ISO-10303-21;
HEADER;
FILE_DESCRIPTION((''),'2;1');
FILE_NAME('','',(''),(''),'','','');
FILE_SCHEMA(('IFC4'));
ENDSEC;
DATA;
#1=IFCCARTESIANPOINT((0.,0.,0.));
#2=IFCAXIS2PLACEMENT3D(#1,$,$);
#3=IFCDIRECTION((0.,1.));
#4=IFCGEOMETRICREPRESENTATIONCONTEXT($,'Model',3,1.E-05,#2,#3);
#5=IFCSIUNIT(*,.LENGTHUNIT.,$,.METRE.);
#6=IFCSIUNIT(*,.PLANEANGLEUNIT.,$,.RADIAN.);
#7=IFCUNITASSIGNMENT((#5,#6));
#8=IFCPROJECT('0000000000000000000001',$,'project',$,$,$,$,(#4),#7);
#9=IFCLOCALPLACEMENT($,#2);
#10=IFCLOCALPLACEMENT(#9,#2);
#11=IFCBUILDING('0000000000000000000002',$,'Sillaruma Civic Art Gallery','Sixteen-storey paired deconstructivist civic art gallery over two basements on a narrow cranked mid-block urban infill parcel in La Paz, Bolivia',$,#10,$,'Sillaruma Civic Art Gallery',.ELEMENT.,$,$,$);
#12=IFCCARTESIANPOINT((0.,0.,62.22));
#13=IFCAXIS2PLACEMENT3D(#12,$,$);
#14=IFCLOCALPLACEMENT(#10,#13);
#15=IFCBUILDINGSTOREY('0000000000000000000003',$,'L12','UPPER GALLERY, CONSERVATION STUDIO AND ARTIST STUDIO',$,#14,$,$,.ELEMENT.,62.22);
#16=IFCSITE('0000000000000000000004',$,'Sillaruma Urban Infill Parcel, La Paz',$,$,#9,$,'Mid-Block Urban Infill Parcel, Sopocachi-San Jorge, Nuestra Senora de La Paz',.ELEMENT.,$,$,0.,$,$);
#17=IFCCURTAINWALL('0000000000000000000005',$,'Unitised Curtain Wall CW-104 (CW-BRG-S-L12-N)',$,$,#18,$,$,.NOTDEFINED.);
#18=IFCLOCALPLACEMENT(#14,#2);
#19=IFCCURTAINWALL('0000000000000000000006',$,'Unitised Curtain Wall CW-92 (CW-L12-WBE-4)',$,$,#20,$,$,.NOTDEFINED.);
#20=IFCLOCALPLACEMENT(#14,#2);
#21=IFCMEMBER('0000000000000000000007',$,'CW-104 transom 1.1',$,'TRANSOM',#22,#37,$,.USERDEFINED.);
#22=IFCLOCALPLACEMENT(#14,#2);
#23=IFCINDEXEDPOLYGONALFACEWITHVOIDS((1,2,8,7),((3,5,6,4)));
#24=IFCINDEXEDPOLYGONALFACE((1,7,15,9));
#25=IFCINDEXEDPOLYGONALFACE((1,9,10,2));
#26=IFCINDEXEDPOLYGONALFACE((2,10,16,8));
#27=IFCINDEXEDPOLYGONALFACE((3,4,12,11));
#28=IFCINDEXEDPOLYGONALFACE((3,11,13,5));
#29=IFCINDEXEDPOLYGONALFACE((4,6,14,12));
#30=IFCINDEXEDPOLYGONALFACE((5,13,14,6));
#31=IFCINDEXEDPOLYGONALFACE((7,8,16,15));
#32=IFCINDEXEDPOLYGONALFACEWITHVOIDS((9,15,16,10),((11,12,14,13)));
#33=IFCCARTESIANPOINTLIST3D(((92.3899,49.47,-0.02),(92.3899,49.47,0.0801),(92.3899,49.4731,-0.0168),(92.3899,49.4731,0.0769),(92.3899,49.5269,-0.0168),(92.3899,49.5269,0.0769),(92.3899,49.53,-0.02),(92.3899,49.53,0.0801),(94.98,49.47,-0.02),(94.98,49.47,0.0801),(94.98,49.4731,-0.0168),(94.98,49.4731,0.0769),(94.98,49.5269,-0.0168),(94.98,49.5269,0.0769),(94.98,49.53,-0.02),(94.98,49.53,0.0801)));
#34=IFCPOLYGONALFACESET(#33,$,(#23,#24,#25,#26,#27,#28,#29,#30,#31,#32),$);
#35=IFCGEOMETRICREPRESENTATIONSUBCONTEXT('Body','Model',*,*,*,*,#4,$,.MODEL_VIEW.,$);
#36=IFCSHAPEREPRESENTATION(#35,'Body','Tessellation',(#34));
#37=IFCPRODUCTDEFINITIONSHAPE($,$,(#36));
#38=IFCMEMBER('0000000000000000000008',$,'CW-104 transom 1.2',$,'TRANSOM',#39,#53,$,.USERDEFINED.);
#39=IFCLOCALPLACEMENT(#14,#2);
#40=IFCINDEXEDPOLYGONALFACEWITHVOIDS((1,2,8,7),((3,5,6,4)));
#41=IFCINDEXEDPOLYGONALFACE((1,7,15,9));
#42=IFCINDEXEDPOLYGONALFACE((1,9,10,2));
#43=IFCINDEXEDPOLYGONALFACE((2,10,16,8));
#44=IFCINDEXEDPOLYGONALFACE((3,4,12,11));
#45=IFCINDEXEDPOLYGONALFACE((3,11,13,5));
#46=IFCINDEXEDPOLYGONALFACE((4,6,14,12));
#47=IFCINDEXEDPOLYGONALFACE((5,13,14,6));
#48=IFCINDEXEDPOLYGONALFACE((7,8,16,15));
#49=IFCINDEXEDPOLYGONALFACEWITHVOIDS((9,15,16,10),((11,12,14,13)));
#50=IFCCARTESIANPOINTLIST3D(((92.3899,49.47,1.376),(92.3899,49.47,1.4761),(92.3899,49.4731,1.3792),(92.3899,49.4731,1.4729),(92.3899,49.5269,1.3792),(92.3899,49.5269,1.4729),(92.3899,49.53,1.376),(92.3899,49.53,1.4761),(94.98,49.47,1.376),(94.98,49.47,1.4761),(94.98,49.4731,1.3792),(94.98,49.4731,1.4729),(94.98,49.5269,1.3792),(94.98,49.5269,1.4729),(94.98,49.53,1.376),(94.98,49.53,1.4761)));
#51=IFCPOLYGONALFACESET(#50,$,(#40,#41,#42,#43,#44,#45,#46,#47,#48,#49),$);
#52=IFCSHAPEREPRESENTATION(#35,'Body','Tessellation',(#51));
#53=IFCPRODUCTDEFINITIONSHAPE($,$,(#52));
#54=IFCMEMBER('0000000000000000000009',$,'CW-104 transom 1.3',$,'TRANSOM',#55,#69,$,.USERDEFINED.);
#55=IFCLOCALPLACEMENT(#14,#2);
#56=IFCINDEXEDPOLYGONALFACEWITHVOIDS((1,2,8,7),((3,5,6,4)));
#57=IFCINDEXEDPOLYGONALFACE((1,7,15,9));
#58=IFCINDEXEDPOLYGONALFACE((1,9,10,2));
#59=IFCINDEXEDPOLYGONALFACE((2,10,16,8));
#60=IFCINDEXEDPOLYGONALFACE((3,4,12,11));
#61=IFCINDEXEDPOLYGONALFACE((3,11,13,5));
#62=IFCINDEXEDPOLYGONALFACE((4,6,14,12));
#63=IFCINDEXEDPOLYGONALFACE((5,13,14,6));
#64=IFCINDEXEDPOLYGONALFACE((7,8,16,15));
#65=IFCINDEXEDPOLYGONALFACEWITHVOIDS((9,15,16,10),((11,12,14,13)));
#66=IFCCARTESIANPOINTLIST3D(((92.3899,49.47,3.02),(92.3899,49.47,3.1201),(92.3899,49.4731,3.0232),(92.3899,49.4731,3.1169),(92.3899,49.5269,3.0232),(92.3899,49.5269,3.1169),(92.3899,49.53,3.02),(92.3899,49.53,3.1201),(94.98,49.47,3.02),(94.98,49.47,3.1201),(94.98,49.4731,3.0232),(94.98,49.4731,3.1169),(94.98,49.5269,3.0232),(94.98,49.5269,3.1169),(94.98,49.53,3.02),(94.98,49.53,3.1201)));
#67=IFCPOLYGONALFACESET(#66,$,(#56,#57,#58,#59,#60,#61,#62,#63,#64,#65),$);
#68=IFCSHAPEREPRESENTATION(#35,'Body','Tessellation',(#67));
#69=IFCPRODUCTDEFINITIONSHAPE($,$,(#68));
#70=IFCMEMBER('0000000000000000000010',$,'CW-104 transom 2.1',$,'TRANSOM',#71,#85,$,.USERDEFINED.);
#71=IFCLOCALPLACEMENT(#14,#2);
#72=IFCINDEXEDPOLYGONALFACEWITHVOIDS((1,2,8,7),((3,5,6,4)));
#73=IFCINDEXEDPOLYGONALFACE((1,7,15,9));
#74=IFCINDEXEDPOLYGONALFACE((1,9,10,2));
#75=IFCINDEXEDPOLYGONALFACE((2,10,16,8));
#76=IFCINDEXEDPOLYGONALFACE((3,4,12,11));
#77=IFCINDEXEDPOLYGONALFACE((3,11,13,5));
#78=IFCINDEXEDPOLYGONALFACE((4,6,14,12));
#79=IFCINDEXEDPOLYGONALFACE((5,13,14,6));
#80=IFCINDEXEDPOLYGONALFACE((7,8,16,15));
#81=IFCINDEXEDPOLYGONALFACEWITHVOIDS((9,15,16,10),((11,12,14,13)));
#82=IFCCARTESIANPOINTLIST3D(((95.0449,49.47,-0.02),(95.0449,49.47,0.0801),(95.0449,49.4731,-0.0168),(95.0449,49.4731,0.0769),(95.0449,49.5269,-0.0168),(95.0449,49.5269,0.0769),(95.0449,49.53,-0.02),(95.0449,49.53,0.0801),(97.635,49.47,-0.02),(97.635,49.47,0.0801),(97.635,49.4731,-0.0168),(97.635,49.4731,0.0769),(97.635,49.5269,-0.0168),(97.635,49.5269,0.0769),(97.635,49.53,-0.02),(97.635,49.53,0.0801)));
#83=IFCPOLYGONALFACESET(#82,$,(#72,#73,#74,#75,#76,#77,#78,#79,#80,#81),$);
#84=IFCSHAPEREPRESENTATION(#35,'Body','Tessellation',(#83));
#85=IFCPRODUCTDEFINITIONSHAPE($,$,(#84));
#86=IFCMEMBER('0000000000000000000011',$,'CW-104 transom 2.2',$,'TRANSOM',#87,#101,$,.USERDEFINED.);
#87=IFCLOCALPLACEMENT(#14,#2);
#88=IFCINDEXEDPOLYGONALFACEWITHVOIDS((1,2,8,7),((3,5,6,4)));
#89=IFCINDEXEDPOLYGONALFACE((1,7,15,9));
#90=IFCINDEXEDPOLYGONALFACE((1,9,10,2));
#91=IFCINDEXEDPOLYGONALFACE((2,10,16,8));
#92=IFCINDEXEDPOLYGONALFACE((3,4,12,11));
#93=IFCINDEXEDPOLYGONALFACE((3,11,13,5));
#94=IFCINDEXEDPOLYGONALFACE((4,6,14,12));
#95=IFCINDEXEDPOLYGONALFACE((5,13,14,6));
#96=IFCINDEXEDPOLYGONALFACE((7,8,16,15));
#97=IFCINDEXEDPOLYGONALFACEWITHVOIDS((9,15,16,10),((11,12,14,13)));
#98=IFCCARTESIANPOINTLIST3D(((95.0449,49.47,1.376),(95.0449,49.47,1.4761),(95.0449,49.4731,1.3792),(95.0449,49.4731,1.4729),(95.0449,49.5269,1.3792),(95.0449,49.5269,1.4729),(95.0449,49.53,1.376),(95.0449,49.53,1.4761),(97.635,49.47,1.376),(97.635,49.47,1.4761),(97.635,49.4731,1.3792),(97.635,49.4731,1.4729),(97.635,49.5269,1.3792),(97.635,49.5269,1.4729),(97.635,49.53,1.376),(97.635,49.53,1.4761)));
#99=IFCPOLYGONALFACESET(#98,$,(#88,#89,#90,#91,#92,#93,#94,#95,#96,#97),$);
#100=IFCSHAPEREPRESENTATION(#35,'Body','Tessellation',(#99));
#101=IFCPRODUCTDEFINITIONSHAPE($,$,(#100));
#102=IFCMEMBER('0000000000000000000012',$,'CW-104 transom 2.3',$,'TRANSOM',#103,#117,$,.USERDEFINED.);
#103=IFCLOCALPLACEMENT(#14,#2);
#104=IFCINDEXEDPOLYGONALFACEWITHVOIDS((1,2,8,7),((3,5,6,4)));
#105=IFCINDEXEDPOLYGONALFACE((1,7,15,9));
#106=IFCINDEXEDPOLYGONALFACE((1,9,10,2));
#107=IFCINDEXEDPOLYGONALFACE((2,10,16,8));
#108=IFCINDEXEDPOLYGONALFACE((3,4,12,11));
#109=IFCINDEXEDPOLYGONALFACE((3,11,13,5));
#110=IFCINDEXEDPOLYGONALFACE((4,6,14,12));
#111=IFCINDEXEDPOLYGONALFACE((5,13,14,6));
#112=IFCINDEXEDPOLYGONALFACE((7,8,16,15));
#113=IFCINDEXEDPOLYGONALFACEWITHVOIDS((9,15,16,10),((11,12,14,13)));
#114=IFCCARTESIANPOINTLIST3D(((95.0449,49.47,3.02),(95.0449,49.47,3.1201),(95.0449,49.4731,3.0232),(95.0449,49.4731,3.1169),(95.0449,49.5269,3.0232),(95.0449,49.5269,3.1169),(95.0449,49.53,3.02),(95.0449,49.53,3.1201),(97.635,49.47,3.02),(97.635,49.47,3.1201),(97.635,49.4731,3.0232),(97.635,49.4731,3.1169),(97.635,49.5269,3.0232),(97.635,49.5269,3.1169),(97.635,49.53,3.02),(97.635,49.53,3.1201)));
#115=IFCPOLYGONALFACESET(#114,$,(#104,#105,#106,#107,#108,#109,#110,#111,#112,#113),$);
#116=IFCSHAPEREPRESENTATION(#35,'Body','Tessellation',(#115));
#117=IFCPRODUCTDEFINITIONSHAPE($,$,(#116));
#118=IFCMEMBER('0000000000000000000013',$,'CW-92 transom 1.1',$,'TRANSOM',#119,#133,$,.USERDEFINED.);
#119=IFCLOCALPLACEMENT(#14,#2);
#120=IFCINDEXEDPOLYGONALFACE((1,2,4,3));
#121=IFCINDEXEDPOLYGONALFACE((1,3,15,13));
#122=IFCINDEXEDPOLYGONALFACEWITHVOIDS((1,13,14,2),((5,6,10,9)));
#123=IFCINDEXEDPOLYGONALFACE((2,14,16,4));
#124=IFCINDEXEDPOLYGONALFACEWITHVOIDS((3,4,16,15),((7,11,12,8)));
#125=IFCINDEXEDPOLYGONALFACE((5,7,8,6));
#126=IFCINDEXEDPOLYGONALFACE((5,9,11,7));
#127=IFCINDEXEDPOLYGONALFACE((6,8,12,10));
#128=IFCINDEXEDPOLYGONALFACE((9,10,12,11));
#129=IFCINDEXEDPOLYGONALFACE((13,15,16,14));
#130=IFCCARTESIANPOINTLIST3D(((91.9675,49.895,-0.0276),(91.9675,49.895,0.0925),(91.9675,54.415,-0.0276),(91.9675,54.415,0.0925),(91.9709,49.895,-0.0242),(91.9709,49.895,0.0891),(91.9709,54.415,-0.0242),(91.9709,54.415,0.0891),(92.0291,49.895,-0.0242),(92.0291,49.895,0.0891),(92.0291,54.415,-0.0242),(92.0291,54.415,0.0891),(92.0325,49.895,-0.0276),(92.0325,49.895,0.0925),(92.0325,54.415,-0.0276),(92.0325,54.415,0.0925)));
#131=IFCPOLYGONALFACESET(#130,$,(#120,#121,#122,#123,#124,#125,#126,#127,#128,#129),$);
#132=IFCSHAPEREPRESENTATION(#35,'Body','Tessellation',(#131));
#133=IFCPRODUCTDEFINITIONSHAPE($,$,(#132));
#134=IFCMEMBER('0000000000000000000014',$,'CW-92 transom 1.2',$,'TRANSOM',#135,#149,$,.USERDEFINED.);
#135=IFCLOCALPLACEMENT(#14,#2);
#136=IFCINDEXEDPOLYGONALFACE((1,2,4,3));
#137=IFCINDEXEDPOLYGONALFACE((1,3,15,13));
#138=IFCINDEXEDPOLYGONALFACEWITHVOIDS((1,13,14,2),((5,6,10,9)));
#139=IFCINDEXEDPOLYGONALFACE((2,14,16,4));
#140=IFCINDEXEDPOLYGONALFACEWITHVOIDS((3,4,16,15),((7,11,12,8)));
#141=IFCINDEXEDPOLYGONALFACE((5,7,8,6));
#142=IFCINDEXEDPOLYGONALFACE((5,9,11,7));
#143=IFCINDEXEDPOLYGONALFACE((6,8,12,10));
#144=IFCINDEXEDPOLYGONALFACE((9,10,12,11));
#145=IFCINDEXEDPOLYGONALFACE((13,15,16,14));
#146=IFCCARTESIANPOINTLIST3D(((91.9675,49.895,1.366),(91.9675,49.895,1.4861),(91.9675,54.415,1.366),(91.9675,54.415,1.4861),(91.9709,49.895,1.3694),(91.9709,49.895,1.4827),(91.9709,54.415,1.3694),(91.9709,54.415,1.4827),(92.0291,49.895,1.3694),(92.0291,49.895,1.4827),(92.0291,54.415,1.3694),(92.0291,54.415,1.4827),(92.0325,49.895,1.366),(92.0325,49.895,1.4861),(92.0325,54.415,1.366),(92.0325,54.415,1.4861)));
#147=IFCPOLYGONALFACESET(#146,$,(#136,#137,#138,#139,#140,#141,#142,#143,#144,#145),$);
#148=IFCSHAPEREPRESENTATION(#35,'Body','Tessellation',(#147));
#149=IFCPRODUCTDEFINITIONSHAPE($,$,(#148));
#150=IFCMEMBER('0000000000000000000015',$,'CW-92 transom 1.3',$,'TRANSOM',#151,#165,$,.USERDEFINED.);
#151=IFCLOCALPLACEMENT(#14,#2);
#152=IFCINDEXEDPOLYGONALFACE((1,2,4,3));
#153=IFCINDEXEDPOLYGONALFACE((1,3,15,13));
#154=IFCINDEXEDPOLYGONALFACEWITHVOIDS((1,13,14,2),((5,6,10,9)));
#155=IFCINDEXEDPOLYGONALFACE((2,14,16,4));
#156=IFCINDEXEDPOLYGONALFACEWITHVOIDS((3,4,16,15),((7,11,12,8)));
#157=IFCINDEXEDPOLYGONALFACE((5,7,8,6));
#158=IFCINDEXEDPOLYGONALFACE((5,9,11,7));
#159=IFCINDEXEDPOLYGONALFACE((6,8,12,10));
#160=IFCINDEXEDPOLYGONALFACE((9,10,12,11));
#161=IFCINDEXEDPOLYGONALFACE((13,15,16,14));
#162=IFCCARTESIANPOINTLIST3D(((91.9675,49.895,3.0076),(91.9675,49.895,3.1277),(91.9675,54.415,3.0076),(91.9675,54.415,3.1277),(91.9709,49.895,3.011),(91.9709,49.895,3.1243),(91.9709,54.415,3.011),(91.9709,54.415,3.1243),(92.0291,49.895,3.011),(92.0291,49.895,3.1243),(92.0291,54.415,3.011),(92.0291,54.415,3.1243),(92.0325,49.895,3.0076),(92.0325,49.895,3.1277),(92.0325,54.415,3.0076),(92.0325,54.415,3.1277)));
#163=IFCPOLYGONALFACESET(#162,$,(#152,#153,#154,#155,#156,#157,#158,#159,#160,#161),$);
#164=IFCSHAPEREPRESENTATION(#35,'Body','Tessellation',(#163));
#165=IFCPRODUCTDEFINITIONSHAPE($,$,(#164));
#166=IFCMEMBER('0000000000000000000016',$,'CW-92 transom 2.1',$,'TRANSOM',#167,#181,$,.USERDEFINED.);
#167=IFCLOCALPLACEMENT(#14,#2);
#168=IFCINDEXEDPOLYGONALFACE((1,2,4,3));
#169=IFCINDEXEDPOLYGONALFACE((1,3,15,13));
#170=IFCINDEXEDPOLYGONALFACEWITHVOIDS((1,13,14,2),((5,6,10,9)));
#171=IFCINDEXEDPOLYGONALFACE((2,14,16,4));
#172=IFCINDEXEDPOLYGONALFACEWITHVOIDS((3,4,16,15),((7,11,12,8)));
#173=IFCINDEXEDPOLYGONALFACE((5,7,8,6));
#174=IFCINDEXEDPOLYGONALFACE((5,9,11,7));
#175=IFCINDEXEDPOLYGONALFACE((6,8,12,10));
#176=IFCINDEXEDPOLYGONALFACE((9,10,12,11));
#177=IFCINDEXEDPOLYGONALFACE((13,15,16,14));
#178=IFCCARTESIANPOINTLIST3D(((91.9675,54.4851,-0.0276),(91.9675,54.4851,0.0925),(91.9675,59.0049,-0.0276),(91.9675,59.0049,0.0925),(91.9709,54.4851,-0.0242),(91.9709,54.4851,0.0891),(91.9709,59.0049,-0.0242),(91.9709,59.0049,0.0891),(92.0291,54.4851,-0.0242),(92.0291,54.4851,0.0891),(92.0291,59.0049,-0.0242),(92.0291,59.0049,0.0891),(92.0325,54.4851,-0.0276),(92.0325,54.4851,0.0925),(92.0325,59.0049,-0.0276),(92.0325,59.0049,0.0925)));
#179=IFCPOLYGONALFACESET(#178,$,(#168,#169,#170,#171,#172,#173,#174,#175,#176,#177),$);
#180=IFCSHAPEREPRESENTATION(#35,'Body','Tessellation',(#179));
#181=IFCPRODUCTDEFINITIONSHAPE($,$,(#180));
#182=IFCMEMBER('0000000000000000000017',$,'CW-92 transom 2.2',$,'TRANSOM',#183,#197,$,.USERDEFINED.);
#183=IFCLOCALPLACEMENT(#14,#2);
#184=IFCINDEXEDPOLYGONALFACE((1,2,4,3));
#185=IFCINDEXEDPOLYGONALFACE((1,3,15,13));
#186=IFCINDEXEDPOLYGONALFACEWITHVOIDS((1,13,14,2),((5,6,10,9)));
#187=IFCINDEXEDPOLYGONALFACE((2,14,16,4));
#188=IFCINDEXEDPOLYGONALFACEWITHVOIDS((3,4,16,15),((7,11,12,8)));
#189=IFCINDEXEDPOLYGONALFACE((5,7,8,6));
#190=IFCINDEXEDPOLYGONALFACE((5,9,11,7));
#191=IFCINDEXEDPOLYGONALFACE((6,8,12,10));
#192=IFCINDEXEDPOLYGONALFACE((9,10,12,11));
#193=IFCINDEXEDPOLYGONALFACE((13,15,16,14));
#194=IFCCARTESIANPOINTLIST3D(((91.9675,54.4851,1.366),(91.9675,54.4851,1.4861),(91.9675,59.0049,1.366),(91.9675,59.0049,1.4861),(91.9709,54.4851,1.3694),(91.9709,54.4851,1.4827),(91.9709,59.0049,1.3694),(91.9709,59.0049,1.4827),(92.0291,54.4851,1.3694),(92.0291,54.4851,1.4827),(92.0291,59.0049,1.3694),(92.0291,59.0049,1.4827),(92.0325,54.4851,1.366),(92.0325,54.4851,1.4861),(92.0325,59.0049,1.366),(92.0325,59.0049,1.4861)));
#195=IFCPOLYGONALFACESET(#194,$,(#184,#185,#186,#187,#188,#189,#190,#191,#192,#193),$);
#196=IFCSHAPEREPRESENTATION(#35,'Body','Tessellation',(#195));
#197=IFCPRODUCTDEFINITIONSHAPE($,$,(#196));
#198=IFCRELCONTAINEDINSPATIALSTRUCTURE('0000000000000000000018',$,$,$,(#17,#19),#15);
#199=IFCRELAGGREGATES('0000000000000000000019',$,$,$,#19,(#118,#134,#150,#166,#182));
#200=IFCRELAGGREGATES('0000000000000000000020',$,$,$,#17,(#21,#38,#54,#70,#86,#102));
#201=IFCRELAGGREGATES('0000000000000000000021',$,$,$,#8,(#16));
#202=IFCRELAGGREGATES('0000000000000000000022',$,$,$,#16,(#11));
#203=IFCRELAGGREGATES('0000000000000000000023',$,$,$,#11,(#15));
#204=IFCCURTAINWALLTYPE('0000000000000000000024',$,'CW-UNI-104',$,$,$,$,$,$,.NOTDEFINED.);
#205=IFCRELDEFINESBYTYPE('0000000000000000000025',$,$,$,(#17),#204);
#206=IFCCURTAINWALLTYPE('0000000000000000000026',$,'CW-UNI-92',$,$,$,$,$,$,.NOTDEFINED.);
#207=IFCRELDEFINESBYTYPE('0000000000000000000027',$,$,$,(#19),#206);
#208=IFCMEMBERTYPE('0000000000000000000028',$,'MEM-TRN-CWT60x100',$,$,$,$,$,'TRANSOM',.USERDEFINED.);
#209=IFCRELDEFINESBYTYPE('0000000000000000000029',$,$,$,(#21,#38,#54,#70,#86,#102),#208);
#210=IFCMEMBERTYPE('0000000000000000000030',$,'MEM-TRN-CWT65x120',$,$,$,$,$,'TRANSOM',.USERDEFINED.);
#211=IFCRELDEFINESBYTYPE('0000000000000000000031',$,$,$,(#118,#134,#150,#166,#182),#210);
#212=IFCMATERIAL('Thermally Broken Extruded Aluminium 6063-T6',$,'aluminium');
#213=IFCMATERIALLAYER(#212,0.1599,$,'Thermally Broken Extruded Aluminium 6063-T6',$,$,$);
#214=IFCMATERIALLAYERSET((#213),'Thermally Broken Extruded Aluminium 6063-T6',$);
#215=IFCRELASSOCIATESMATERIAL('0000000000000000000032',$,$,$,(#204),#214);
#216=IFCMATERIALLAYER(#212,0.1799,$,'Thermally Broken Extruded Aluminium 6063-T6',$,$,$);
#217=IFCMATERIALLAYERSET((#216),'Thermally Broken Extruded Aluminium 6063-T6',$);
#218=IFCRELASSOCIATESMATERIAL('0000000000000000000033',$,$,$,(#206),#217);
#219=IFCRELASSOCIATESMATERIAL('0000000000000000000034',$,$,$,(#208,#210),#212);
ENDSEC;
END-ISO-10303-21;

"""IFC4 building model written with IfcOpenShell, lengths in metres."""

from ifc_helpers import new_model, si_unit, direction, frame, origin, origin_2d, place, context, subcontext, project, spatial, hollow_rectangle, extrude, material, layer, layer_set, material_profile, profile_set, type_object, element, aggregate, save


model = new_model("IFC4")

# Units and contexts
model_context = context("Model", 3, precision=1e-05, world=origin(), true_north=direction((0.0, 1.0)))
body_context = subcontext(model_context, "Body", "Model", "MODEL_VIEW")
ifc_project = project(units=[si_unit("LENGTHUNIT", "METRE"), si_unit("PLANEANGLEUNIT", "RADIAN")], contexts=[model_context])

# Site, building, storey
site_placement = place(None, origin())
site = spatial("IfcSite", under=ifc_project, at=site_placement, Name="Sillaruma Urban Infill Parcel, La Paz", LongName="Mid-Block Urban Infill Parcel, Sopocachi-San Jorge, Nuestra Senora de La Paz", CompositionType="ELEMENT", RefElevation=0.0)
building_placement = place(site_placement, origin())
building = spatial("IfcBuilding", under=site, at=building_placement, Name="Sillaruma Civic Art Gallery", Description="Sixteen-storey paired deconstructivist civic art gallery over two basements on a narrow cranked mid-block urban infill parcel in La Paz, Bolivia", LongName="Sillaruma Civic Art Gallery", CompositionType="ELEMENT")
storey_placement = place(building_placement, frame((0.0, 0.0, 62.22)))
storey = spatial("IfcBuildingStorey", under=building, at=storey_placement, Name="L12", Description="UPPER GALLERY, CONSERVATION STUDIO AND ARTIST STUDIO", CompositionType="ELEMENT", Elevation=62.22)

# Curtain walls
ifc_material_1 = material(Name="Thermally Broken Extruded Aluminium 6063-T6", Category="aluminium")
ifc_layer_1 = layer(ifc_material_1, 0.1599, Name="Thermally Broken Extruded Aluminium 6063-T6")
ifc_layer_set_1 = layer_set([ifc_layer_1], Name="Thermally Broken Extruded Aluminium 6063-T6")
curtain_wall_type_1 = type_object("IfcCurtainWallType", Name="CW-UNI-104", PredefinedType="NOTDEFINED", material=ifc_layer_set_1)
curtain_wall_1_placement = place(storey_placement, origin())
curtain_wall_1 = element("IfcCurtainWall", 1, at=curtain_wall_1_placement, inside=storey, type_object=curtain_wall_type_1, Name="Unitised Curtain Wall CW-104 (CW-BRG-S-L12-N)", PredefinedType="NOTDEFINED")
ifc_layer_2 = layer(ifc_material_1, 0.1799, Name="Thermally Broken Extruded Aluminium 6063-T6")
ifc_layer_set_2 = layer_set([ifc_layer_2], Name="Thermally Broken Extruded Aluminium 6063-T6")
curtain_wall_type_2 = type_object("IfcCurtainWallType", Name="CW-UNI-92", PredefinedType="NOTDEFINED", material=ifc_layer_set_2)
curtain_wall_2_placement = place(storey_placement, origin())
curtain_wall_2 = element("IfcCurtainWall", 2, at=curtain_wall_2_placement, inside=storey, type_object=curtain_wall_type_2, Name="Unitised Curtain Wall CW-92 (CW-L12-WBE-4)", PredefinedType="NOTDEFINED")

# Members
ifc_material_profile_1 = material_profile(ifc_material_1, hollow_rectangle(XDim=0.0601, YDim=0.1001, WallThickness=0.0032, at=origin_2d()), Name="CWT60x100")
ifc_profile_set_1 = profile_set([ifc_material_profile_1], Name="Thermally Broken Extruded Aluminium 6063-T6")
member_type_1 = type_object("IfcMemberType", Name="MEM-TRN-CWT60x100", ElementType="TRANSOM", PredefinedType="USERDEFINED", material=ifc_profile_set_1)
member_1_placement = place(storey_placement, frame((92.3899, 49.5, 0.03), z_axis=(1.0, 0.0, 0.0), x_axis=(0.0, 1.0, 0.0)))
member_1 = element("IfcMember", 3, at=member_1_placement, type_object=member_type_1, Name="CW-104 transom 1.1", ObjectType="TRANSOM", PredefinedType="USERDEFINED", context=body_context, shape_type="SweptSolid", body=[
    extrude(hollow_rectangle(XDim=0.0601, YDim=0.1001, WallThickness=0.0032, at=origin_2d()), origin(), (0.0, 0.0, 1.0), 2.5901),
])
member_2_placement = place(storey_placement, frame((92.3899, 49.5, 1.426), z_axis=(1.0, 0.0, 0.0), x_axis=(0.0, 1.0, 0.0)))
member_2 = element("IfcMember", 4, at=member_2_placement, type_object=member_type_1, Name="CW-104 transom 1.2", ObjectType="TRANSOM", PredefinedType="USERDEFINED", context=body_context, shape_type="SweptSolid", body=[
    extrude(hollow_rectangle(XDim=0.0601, YDim=0.1001, WallThickness=0.0032, at=origin_2d()), origin(), (0.0, 0.0, 1.0), 2.5901),
])
member_3_placement = place(storey_placement, frame((92.3899, 49.5, 3.0701), z_axis=(1.0, 0.0, 0.0), x_axis=(0.0, 1.0, 0.0)))
member_3 = element("IfcMember", 5, at=member_3_placement, type_object=member_type_1, Name="CW-104 transom 1.3", ObjectType="TRANSOM", PredefinedType="USERDEFINED", context=body_context, shape_type="SweptSolid", body=[
    extrude(hollow_rectangle(XDim=0.0601, YDim=0.1001, WallThickness=0.0032, at=origin_2d()), origin(), (0.0, 0.0, 1.0), 2.5901),
])
member_4_placement = place(storey_placement, frame((95.0449, 49.5, 0.03), z_axis=(1.0, 0.0, 0.0), x_axis=(0.0, 1.0, 0.0)))
member_4 = element("IfcMember", 6, at=member_4_placement, type_object=member_type_1, Name="CW-104 transom 2.1", ObjectType="TRANSOM", PredefinedType="USERDEFINED", context=body_context, shape_type="SweptSolid", body=[
    extrude(hollow_rectangle(XDim=0.0601, YDim=0.1001, WallThickness=0.0032, at=origin_2d()), origin(), (0.0, 0.0, 1.0), 2.5901),
])
member_5_placement = place(storey_placement, frame((95.0449, 49.5, 1.426), z_axis=(1.0, 0.0, 0.0), x_axis=(0.0, 1.0, 0.0)))
member_5 = element("IfcMember", 7, at=member_5_placement, type_object=member_type_1, Name="CW-104 transom 2.2", ObjectType="TRANSOM", PredefinedType="USERDEFINED", context=body_context, shape_type="SweptSolid", body=[
    extrude(hollow_rectangle(XDim=0.0601, YDim=0.1001, WallThickness=0.0032, at=origin_2d()), origin(), (0.0, 0.0, 1.0), 2.5901),
])
member_6_placement = place(storey_placement, frame((95.0449, 49.5, 3.0701), z_axis=(1.0, 0.0, 0.0), x_axis=(0.0, 1.0, 0.0)))
member_6 = element("IfcMember", 8, at=member_6_placement, type_object=member_type_1, Name="CW-104 transom 2.3", ObjectType="TRANSOM", PredefinedType="USERDEFINED", context=body_context, shape_type="SweptSolid", body=[
    extrude(hollow_rectangle(XDim=0.0601, YDim=0.1001, WallThickness=0.0032, at=origin_2d()), origin(), (0.0, 0.0, 1.0), 2.5901),
])
ifc_material_profile_2 = material_profile(ifc_material_1, hollow_rectangle(XDim=0.0649, YDim=0.1201, WallThickness=0.0034, at=origin_2d()), Name="CWT65x120")
ifc_profile_set_2 = profile_set([ifc_material_profile_2], Name="Thermally Broken Extruded Aluminium 6063-T6")
member_type_2 = type_object("IfcMemberType", Name="MEM-TRN-CWT65x120", ElementType="TRANSOM", PredefinedType="USERDEFINED", material=ifc_profile_set_2)
member_7_placement = place(storey_placement, frame((92.0, 49.895, 0.0325), z_axis=(0.0, 1.0, 0.0), x_axis=(-1.0, 0.0, 0.0)))
member_7 = element("IfcMember", 9, at=member_7_placement, type_object=member_type_2, Name="CW-92 transom 1.1", ObjectType="TRANSOM", PredefinedType="USERDEFINED", context=body_context, shape_type="SweptSolid", body=[
    extrude(hollow_rectangle(XDim=0.0649, YDim=0.1201, WallThickness=0.0034, at=origin_2d()), origin(), (0.0, 0.0, 1.0), 4.52),
])
member_8_placement = place(storey_placement, frame((92.0, 49.895, 1.426), z_axis=(0.0, 1.0, 0.0), x_axis=(-1.0, 0.0, 0.0)))
member_8 = element("IfcMember", 10, at=member_8_placement, type_object=member_type_2, Name="CW-92 transom 1.2", ObjectType="TRANSOM", PredefinedType="USERDEFINED", context=body_context, shape_type="SweptSolid", body=[
    extrude(hollow_rectangle(XDim=0.0649, YDim=0.1201, WallThickness=0.0034, at=origin_2d()), origin(), (0.0, 0.0, 1.0), 4.52),
])
member_9_placement = place(storey_placement, frame((92.0, 49.895, 3.0676), z_axis=(0.0, 1.0, 0.0), x_axis=(-1.0, 0.0, 0.0)))
member_9 = element("IfcMember", 11, at=member_9_placement, type_object=member_type_2, Name="CW-92 transom 1.3", ObjectType="TRANSOM", PredefinedType="USERDEFINED", context=body_context, shape_type="SweptSolid", body=[
    extrude(hollow_rectangle(XDim=0.0649, YDim=0.1201, WallThickness=0.0034, at=origin_2d()), origin(), (0.0, 0.0, 1.0), 4.52),
])
member_10_placement = place(storey_placement, frame((92.0, 54.4851, 0.0325), z_axis=(0.0, 1.0, 0.0), x_axis=(-1.0, 0.0, 0.0)))
member_10 = element("IfcMember", 12, at=member_10_placement, type_object=member_type_2, Name="CW-92 transom 2.1", ObjectType="TRANSOM", PredefinedType="USERDEFINED", context=body_context, shape_type="SweptSolid", body=[
    extrude(hollow_rectangle(XDim=0.0649, YDim=0.1201, WallThickness=0.0034, at=origin_2d()), origin(), (0.0, 0.0, 1.0), 4.5198),
])
member_11_placement = place(storey_placement, frame((92.0, 54.4851, 1.426), z_axis=(0.0, 1.0, 0.0), x_axis=(-1.0, 0.0, 0.0)))
member_11 = element("IfcMember", 13, at=member_11_placement, type_object=member_type_2, Name="CW-92 transom 2.2", ObjectType="TRANSOM", PredefinedType="USERDEFINED", context=body_context, shape_type="SweptSolid", body=[
    extrude(hollow_rectangle(XDim=0.0649, YDim=0.1201, WallThickness=0.0034, at=origin_2d()), origin(), (0.0, 0.0, 1.0), 4.5198),
])

aggregate(curtain_wall_2, [member_7, member_8, member_9, member_10, member_11])
aggregate(curtain_wall_1, [member_1, member_2, member_3, member_4, member_5, member_6])

save(model, "model.ifc")
